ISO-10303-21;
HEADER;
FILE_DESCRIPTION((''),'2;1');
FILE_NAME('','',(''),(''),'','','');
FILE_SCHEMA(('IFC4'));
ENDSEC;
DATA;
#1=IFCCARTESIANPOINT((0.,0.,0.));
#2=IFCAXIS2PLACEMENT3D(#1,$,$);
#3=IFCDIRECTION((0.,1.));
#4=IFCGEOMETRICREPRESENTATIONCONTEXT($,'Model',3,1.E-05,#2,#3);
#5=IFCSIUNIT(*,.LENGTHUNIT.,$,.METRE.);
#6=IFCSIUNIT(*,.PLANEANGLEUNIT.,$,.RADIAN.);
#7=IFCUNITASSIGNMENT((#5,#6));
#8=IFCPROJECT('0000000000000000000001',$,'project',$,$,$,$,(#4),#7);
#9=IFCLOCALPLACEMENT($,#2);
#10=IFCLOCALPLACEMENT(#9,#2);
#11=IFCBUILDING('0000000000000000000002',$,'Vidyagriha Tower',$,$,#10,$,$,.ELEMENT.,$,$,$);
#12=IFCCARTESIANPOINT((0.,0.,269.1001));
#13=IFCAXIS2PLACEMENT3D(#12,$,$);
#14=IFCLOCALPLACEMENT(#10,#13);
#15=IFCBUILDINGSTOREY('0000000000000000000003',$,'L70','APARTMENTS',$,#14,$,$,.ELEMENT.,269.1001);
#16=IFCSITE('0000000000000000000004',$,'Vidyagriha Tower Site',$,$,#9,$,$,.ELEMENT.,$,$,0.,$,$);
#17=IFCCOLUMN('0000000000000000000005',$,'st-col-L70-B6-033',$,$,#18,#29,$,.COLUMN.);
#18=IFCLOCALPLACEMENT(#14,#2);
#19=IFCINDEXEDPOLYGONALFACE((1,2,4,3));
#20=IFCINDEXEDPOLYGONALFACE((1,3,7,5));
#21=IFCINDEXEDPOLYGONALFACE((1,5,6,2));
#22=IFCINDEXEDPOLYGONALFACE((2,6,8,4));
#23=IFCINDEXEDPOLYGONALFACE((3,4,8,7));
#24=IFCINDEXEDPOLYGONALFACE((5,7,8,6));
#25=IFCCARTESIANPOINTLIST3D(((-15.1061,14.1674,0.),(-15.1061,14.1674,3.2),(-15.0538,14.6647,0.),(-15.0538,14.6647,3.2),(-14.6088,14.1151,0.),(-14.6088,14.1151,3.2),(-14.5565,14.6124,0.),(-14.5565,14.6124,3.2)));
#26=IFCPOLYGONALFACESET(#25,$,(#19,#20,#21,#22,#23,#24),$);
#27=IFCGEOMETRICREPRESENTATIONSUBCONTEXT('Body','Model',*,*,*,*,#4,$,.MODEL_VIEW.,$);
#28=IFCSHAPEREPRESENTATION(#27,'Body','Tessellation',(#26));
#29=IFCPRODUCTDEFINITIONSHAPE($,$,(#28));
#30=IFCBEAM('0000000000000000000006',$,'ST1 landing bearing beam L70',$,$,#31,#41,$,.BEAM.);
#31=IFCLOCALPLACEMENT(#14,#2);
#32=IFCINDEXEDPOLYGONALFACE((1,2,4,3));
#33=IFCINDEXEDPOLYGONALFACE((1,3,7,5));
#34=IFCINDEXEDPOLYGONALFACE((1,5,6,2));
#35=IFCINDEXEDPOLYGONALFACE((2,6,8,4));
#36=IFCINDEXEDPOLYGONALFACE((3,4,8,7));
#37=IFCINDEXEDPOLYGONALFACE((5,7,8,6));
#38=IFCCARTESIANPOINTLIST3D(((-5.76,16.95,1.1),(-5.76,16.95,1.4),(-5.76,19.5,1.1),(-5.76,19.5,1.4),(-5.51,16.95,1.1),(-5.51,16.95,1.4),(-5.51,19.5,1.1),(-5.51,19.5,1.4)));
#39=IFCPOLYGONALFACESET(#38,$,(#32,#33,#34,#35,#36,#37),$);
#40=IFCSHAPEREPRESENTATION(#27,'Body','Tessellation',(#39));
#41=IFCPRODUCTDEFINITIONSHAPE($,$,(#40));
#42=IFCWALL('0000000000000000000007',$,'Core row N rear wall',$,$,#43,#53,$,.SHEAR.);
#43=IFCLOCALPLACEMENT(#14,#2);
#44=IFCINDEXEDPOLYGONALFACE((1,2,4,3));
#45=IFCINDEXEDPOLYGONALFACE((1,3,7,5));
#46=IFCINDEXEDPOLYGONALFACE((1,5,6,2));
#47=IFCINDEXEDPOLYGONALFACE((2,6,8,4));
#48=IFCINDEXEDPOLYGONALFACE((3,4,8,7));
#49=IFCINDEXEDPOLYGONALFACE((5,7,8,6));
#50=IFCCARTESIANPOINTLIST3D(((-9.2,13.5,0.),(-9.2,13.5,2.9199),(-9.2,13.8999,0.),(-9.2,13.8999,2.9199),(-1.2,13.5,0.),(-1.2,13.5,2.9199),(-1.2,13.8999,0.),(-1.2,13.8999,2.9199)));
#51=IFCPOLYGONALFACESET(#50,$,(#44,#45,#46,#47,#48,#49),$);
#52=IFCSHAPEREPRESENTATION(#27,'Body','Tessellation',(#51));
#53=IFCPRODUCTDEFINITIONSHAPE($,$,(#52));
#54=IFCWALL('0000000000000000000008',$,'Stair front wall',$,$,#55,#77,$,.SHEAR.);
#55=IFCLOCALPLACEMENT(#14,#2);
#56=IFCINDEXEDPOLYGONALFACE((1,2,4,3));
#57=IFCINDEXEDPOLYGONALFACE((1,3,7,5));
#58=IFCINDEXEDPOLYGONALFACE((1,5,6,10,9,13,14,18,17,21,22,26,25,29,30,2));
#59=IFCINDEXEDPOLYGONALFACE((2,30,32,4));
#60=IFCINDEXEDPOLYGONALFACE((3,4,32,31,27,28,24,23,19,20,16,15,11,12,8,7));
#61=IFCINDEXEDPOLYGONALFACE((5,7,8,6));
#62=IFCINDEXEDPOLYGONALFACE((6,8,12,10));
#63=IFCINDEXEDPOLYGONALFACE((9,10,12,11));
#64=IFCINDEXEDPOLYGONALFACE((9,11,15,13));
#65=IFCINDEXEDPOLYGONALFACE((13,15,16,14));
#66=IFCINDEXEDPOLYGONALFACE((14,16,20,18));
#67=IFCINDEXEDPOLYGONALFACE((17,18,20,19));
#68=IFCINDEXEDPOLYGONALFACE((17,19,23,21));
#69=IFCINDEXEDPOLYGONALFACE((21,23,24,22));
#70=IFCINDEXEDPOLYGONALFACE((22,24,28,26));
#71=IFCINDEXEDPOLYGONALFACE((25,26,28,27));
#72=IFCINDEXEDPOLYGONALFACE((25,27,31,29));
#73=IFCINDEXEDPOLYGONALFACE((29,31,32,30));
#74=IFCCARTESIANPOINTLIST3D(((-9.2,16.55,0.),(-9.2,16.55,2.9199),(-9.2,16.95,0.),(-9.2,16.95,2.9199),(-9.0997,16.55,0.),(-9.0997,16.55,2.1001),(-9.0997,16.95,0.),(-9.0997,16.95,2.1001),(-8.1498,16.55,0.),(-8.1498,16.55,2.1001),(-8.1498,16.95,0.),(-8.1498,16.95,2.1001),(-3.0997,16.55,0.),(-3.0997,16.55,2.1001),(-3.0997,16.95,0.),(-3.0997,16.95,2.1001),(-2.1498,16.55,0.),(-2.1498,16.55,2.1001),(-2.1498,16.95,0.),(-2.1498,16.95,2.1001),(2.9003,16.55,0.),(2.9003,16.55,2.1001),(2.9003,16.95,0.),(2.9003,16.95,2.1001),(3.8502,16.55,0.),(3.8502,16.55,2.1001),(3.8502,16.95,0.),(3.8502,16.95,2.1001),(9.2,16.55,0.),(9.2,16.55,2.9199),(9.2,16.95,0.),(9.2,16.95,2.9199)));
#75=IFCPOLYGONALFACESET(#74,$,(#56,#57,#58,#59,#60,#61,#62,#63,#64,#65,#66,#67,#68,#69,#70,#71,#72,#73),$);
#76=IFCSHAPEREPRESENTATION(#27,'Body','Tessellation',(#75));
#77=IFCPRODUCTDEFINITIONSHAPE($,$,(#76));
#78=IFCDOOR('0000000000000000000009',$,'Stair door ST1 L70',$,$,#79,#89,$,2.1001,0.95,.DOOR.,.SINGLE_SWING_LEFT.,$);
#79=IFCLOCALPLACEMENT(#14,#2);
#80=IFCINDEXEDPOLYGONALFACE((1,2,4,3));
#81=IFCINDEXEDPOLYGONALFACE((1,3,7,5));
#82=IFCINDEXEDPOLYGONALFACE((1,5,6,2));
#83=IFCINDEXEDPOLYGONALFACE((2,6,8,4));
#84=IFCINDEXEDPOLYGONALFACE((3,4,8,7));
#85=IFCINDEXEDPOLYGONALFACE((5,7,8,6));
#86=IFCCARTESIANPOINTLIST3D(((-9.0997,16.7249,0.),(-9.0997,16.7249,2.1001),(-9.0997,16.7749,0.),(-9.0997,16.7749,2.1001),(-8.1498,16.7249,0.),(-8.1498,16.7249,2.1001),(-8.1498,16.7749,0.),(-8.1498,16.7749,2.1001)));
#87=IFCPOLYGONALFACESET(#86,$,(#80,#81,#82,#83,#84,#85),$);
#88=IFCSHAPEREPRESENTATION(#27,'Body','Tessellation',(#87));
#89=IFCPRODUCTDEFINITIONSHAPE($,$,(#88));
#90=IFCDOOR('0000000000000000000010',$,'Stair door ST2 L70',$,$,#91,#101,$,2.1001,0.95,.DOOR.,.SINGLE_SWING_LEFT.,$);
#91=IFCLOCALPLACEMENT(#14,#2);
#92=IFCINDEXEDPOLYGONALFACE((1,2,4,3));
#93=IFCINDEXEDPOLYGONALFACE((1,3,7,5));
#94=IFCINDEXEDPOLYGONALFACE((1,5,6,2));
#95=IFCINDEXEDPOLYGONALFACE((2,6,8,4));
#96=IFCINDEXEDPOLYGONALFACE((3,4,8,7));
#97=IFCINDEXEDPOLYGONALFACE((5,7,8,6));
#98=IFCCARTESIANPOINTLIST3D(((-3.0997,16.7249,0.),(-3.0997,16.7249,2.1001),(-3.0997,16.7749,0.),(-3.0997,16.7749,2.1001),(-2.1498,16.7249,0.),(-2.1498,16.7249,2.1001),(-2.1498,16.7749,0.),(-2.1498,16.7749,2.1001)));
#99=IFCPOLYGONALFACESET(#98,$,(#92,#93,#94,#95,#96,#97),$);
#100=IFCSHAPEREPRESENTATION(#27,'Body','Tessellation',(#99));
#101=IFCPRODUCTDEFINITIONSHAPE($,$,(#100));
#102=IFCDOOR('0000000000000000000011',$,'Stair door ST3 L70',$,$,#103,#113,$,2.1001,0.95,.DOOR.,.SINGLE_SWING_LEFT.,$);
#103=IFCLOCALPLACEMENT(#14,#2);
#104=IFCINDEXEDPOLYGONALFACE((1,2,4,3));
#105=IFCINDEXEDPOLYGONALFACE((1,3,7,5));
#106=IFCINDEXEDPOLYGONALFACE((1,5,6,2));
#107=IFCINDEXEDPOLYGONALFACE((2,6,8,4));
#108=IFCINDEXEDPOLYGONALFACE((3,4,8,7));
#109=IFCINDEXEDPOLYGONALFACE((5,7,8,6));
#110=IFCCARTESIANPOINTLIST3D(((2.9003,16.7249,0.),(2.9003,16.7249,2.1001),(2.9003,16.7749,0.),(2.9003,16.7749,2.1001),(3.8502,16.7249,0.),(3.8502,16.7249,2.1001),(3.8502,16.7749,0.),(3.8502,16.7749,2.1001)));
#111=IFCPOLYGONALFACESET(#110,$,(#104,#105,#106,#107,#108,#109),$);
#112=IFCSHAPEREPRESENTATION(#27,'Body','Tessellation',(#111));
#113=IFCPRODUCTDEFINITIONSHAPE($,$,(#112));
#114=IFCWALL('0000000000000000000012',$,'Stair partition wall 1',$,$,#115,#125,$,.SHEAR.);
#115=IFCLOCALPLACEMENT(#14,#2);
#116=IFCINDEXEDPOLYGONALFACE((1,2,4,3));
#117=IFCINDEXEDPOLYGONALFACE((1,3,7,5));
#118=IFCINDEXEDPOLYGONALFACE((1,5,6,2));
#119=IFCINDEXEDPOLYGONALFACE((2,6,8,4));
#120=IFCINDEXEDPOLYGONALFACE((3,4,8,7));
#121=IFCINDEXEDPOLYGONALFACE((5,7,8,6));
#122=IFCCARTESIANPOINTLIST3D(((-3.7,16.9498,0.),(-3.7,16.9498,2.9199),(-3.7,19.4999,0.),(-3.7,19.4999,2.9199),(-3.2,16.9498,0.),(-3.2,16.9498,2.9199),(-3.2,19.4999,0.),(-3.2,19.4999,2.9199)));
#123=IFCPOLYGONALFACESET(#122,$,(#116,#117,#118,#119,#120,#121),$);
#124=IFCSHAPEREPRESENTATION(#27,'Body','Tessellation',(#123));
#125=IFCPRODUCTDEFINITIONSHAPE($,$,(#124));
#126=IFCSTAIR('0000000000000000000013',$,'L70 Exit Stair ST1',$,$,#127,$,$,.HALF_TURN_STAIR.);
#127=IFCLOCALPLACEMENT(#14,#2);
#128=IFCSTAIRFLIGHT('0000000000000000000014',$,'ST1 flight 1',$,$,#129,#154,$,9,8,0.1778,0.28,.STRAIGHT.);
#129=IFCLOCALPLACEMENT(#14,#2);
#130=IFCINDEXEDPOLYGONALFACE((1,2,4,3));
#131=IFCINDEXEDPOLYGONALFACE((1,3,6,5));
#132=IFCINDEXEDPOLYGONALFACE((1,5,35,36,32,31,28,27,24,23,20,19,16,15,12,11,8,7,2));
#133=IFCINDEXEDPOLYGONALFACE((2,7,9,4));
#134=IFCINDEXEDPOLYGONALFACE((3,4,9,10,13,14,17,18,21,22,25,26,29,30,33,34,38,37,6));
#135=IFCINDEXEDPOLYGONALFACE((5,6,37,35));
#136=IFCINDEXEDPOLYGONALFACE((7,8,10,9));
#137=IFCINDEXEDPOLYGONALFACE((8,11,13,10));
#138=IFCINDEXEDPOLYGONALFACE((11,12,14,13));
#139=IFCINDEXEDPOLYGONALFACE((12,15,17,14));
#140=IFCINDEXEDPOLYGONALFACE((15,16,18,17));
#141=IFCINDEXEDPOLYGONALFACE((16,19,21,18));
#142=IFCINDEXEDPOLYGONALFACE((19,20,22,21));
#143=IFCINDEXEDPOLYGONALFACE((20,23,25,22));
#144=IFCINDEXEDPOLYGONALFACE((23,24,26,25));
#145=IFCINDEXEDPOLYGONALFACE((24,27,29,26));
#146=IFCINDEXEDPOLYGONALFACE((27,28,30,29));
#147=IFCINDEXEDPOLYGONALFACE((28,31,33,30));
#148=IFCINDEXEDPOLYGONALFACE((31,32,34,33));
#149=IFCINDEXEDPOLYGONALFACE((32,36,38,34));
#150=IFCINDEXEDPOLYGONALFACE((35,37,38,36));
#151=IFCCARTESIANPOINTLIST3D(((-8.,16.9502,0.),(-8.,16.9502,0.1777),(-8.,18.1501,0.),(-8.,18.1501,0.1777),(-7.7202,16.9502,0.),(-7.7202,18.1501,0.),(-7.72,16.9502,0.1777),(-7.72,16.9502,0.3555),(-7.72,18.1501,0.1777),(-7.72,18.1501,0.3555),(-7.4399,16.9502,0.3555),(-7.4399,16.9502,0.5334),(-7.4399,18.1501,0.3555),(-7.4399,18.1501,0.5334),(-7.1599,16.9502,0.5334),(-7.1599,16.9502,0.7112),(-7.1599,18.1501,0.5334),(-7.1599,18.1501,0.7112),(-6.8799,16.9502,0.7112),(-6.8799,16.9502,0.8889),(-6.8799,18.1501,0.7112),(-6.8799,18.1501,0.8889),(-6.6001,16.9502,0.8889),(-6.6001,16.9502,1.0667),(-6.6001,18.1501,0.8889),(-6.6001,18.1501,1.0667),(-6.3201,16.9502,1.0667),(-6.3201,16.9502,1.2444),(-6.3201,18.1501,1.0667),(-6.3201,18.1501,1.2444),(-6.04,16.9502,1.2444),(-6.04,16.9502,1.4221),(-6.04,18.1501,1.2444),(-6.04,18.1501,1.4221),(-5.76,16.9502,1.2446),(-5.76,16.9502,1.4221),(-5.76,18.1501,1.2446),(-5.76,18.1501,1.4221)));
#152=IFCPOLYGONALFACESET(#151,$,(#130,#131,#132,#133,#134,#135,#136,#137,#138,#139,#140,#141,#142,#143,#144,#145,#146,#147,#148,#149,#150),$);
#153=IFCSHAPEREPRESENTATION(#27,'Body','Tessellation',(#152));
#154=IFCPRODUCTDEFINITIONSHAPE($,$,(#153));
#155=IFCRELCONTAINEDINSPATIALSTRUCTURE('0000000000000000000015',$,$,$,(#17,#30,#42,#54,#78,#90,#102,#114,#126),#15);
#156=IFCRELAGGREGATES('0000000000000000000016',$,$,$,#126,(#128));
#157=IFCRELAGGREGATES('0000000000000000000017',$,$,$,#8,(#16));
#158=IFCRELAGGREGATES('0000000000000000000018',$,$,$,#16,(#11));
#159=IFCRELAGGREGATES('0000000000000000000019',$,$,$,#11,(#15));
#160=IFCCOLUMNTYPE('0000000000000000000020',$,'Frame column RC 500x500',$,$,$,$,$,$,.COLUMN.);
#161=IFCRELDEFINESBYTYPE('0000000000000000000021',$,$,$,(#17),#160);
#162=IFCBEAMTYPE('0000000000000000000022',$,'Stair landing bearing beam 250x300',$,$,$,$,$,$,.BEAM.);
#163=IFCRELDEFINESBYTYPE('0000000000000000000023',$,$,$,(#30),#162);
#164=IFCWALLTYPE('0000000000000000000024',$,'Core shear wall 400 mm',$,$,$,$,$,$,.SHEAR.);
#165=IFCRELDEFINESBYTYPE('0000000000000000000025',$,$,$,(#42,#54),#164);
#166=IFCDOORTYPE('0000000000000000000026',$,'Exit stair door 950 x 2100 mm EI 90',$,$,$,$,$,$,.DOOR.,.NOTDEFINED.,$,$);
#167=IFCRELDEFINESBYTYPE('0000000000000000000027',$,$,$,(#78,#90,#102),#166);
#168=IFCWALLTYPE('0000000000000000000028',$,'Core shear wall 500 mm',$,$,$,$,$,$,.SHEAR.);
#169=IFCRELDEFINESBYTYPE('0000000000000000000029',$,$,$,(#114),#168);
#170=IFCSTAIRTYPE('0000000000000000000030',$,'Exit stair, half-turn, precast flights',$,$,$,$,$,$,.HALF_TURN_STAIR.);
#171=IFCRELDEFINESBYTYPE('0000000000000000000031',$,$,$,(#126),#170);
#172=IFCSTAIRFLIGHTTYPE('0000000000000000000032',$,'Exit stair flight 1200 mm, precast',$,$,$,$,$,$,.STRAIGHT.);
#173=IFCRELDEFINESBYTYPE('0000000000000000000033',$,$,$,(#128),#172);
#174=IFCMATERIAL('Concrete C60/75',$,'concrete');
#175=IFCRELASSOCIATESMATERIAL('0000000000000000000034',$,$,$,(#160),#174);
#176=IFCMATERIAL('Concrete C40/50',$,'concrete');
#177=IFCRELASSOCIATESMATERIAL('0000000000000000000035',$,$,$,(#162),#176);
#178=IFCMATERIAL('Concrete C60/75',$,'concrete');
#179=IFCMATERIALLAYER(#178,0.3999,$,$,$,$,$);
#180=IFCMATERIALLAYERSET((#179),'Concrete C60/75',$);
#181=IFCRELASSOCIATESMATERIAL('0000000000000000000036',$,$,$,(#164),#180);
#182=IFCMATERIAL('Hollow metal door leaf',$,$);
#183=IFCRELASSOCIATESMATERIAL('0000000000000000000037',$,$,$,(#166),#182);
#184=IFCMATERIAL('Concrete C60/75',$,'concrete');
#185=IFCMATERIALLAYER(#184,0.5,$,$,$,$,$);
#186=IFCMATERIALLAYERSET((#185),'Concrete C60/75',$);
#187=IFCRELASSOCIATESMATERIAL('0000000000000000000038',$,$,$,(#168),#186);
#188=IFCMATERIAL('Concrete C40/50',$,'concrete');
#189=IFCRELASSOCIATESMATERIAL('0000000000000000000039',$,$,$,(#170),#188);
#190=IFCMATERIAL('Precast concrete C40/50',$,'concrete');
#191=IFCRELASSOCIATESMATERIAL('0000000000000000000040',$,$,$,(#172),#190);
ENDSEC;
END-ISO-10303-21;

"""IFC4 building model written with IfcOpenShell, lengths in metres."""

from ifc_helpers import new_model, si_unit, direction, frame, frame_2d, origin, origin_2d, place, context, subcontext, project, spatial, polyline, rectangle, outline, extrude, material, layer, layer_set, material_profile, profile_set, type_object, element, fill, aggregate, save


model = new_model("IFC4")

# Units and contexts
model_context = context("Model", 3, precision=1e-05, world=origin(), true_north=direction((0.0, 1.0)))
body_context = subcontext(model_context, "Body", "Model", "MODEL_VIEW")
ifc_project = project(units=[si_unit("LENGTHUNIT", "METRE"), si_unit("PLANEANGLEUNIT", "RADIAN")], contexts=[model_context])

# Site, building, storey
site_placement = place(None, origin())
site = spatial("IfcSite", under=ifc_project, at=site_placement, Name="Vidyagriha Tower Site", CompositionType="ELEMENT", RefElevation=0.0)
building_placement = place(site_placement, origin())
building = spatial("IfcBuilding", under=site, at=building_placement, Name="Vidyagriha Tower", CompositionType="ELEMENT")
storey_placement = place(building_placement, frame((0.0, 0.0, 269.1001)))
storey = spatial("IfcBuildingStorey", under=building, at=storey_placement, Name="L70", Description="APARTMENTS", CompositionType="ELEMENT", Elevation=269.1001)

# Column
ifc_material_1 = material(Name="Concrete C60/75", Category="concrete")
ifc_material_profile_1 = material_profile(ifc_material_1, rectangle(XDim=0.5, YDim=0.5, at=origin_2d()), Name="RC 500x500")
ifc_profile_set_1 = profile_set([ifc_material_profile_1], Name="Concrete C60/75")
column_type = type_object("IfcColumnType", Name="Frame column RC 500x500", PredefinedType="COLUMN", material=ifc_profile_set_1)
column_placement = place(storey_placement, frame((-14.8313, 14.3899, 0.0), z_axis=(0.0, 0.0, 1.0), x_axis=(0.994522, -0.104528, 0.0)))
element("IfcColumn", 1, at=column_placement, inside=storey, type_object=column_type, Name="st-col-L70-B6-033", PredefinedType="COLUMN", context=body_context, shape_type="SweptSolid", body=[
    extrude(rectangle(XDim=0.5, YDim=0.5, at=origin_2d()), origin(), (0.0, 0.0, 1.0), 3.2),
])

# Beam
ifc_material_2 = material(Name="Concrete C40/50", Category="concrete")
ifc_material_profile_2 = material_profile(ifc_material_2, rectangle(XDim=0.25, YDim=0.3, at=origin_2d()), Name="Stair landing bearing beam 250x300")
ifc_profile_set_2 = profile_set([ifc_material_profile_2], Name="Concrete C40/50")
beam_type = type_object("IfcBeamType", Name="Stair landing bearing beam 250x300", PredefinedType="BEAM", material=ifc_profile_set_2)
beam_placement = place(storey_placement, frame((-5.635, 16.95, 1.25), z_axis=(0.0, 1.0, 0.0), x_axis=(-1.0, 0.0, 0.0)))
element("IfcBeam", 2, at=beam_placement, inside=storey, type_object=beam_type, Name="ST1 landing bearing beam L70", PredefinedType="BEAM", context=body_context, shape_type="SweptSolid", body=[
    extrude(rectangle(XDim=0.25, YDim=0.3, at=origin_2d()), origin(), (0.0, 0.0, 1.0), 2.55),
])

# Wall
ifc_material_3 = material(Name="Concrete C60/75", Category="concrete")
ifc_layer_1 = layer(ifc_material_3, 0.3999)
ifc_layer_set_1 = layer_set([ifc_layer_1], Name="Concrete C60/75")
wall_type_1 = type_object("IfcWallType", Name="Core shear wall 400 mm", PredefinedType="SHEAR", material=ifc_layer_set_1)
wall_1_placement = place(storey_placement, frame((-9.2, 13.7, 0.0)))
element("IfcWall", 3, at=wall_1_placement, inside=storey, type_object=wall_type_1, Name="Core row N rear wall", PredefinedType="SHEAR", context=body_context, shape_type="SweptSolid", body=[
    extrude(rectangle(XDim=8.0, YDim=0.3999, at=frame_2d((4.0, 0.0))), origin(), (0.0, 0.0, 1.0), 2.9199),
])

# Wall, openings, doors
wall_2_placement = place(storey_placement, frame((-9.2, 16.75, 0.0)))
wall_2 = element("IfcWall", 4, at=wall_2_placement, inside=storey, type_object=wall_type_1, Name="Stair front wall", PredefinedType="SHEAR", context=body_context, shape_type="SweptSolid", body=[
    extrude(rectangle(XDim=18.3999, YDim=0.3999, at=frame_2d((9.2, 0.0))), origin(), (0.0, 0.0, 1.0), 2.9199),
])
opening_1_placement = place(wall_2_placement, frame((0.1001, 0.0, 0.0)))
opening_1 = element("IfcOpeningElement", 5, at=opening_1_placement, cuts=wall_2, PredefinedType="OPENING", context=body_context, shape_type="SweptSolid", body=[
    extrude(rectangle(XDim=0.95, YDim=2.1001, at=frame_2d((0.4751, 1.05))), frame((0.0, 0.21, 0.0), z_axis=(0.0, -1.0, 0.0), x_axis=(1.0, 0.0, 0.0)), (0.0, 0.0, 1.0), 0.4199),
])
opening_2_placement = place(wall_2_placement, frame((6.1001, 0.0, 0.0)))
opening_2 = element("IfcOpeningElement", 6, at=opening_2_placement, cuts=wall_2, PredefinedType="OPENING", context=body_context, shape_type="SweptSolid", body=[
    extrude(rectangle(XDim=0.95, YDim=2.1001, at=frame_2d((0.4751, 1.05))), frame((0.0, 0.21, 0.0), z_axis=(0.0, -1.0, 0.0), x_axis=(1.0, 0.0, 0.0)), (0.0, 0.0, 1.0), 0.4199),
])
opening_3_placement = place(wall_2_placement, frame((12.1001, 0.0, 0.0)))
opening_3 = element("IfcOpeningElement", 7, at=opening_3_placement, cuts=wall_2, PredefinedType="OPENING", context=body_context, shape_type="SweptSolid", body=[
    extrude(rectangle(XDim=0.95, YDim=2.1001, at=frame_2d((0.4751, 1.05))), frame((0.0, 0.21, 0.0), z_axis=(0.0, -1.0, 0.0), x_axis=(1.0, 0.0, 0.0)), (0.0, 0.0, 1.0), 0.4199),
])
ifc_material_4 = material(Name="Hollow metal door leaf")
door_type = type_object("IfcDoorType", Name="Exit stair door 950 x 2100 mm EI 90", OperationType="NOTDEFINED", PredefinedType="DOOR", material=ifc_material_4)
door_1_placement = place(opening_1_placement, origin())
door_1 = element("IfcDoor", 8, at=door_1_placement, inside=storey, type_object=door_type, Name="Stair door ST1 L70", OperationType="SINGLE_SWING_LEFT", OverallHeight=2.1001, OverallWidth=0.95, PredefinedType="DOOR", context=body_context, shape_type="SweptSolid", body=[
    extrude(rectangle(XDim=0.95, YDim=2.1001, at=frame_2d((0.4751, 1.05))), frame((0.0, 0.0249, 0.0), z_axis=(0.0, -1.0, 0.0), x_axis=(1.0, 0.0, 0.0)), (0.0, 0.0, 1.0), 0.05),
])
fill(opening_1, door_1)
door_2_placement = place(opening_2_placement, origin())
door_2 = element("IfcDoor", 9, at=door_2_placement, inside=storey, type_object=door_type, Name="Stair door ST2 L70", OperationType="SINGLE_SWING_LEFT", OverallHeight=2.1001, OverallWidth=0.95, PredefinedType="DOOR", context=body_context, shape_type="SweptSolid", body=[
    extrude(rectangle(XDim=0.95, YDim=2.1001, at=frame_2d((0.4751, 1.05))), frame((0.0, 0.0249, 0.0), z_axis=(0.0, -1.0, 0.0), x_axis=(1.0, 0.0, 0.0)), (0.0, 0.0, 1.0), 0.05),
])
fill(opening_2, door_2)
door_3_placement = place(opening_3_placement, origin())
door_3 = element("IfcDoor", 10, at=door_3_placement, inside=storey, type_object=door_type, Name="Stair door ST3 L70", OperationType="SINGLE_SWING_LEFT", OverallHeight=2.1001, OverallWidth=0.95, PredefinedType="DOOR", context=body_context, shape_type="SweptSolid", body=[
    extrude(rectangle(XDim=0.95, YDim=2.1001, at=frame_2d((0.4751, 1.05))), frame((0.0, 0.0249, 0.0), z_axis=(0.0, -1.0, 0.0), x_axis=(1.0, 0.0, 0.0)), (0.0, 0.0, 1.0), 0.05),
])
fill(opening_3, door_3)

# Wall
ifc_material_5 = material(Name="Concrete C60/75", Category="concrete")
ifc_layer_2 = layer(ifc_material_5, 0.5)
ifc_layer_set_2 = layer_set([ifc_layer_2], Name="Concrete C60/75")
wall_type_2 = type_object("IfcWallType", Name="Core shear wall 500 mm", PredefinedType="SHEAR", material=ifc_layer_set_2)
wall_3_placement = place(storey_placement, frame((-3.45, 16.95, 0.0), z_axis=(0.0, 0.0, 1.0), x_axis=(0.0, 1.0, 0.0)))
element("IfcWall", 11, at=wall_3_placement, inside=storey, type_object=wall_type_2, Name="Stair partition wall 1", PredefinedType="SHEAR", context=body_context, shape_type="SweptSolid", body=[
    extrude(rectangle(XDim=2.55, YDim=0.5, at=frame_2d((1.2749, 0.0))), origin(), (0.0, 0.0, 1.0), 2.9199),
])

# Stair, stair flight
ifc_material_6 = material(Name="Concrete C40/50", Category="concrete")
stair_type = type_object("IfcStairType", Name="Exit stair, half-turn, precast flights", PredefinedType="HALF_TURN_STAIR", material=ifc_material_6)
stair_1_placement = place(storey_placement, origin())
stair_1 = element("IfcStair", 12, at=stair_1_placement, inside=storey, type_object=stair_type, Name="L70 Exit Stair ST1", PredefinedType="HALF_TURN_STAIR")
ifc_material_7 = material(Name="Precast concrete C40/50", Category="concrete")
stair_flight_type = type_object("IfcStairFlightType", Name="Exit stair flight 1200 mm, precast", PredefinedType="STRAIGHT", material=ifc_material_7)
stair_flight_1_placement = place(storey_placement, frame((-8.0, 17.55, 0.0)))
stair_flight_1 = element("IfcStairFlight", 13, at=stair_flight_1_placement, type_object=stair_flight_type, Name="ST1 flight 1", NumberOfRisers=9, NumberOfTreads=8, PredefinedType="STRAIGHT", RiserHeight=0.1778, TreadLength=0.28, context=body_context, shape_type="SweptSolid", body=[
    extrude(outline(polyline([(0.0, 0.0), (0.0, 0.1777), (0.28, 0.1777), (0.28, 0.3555), (0.5601, 0.3555), (0.5601, 0.5334), (0.8401, 0.5334), (0.8401, 0.7112), (1.1201, 0.7112), (1.1201, 0.8889), (1.3999, 0.8889), (1.3999, 1.0667), (1.6799, 1.0667), (1.6799, 1.2444), (1.96, 1.2444), (1.96, 1.4221), (2.24, 1.4221), (2.24, 1.6001), (2.24, 1.2446), (0.2798, 0.0), (0.0, 0.0)])), frame((0.0, 0.6001, 0.0), z_axis=(0.0, -1.0, 0.0), x_axis=(1.0, 0.0, 0.0)), (0.0, 0.0, 1.0), 1.2),
])
aggregate(stair_1, [stair_flight_1])

save(model, "model.ifc")
